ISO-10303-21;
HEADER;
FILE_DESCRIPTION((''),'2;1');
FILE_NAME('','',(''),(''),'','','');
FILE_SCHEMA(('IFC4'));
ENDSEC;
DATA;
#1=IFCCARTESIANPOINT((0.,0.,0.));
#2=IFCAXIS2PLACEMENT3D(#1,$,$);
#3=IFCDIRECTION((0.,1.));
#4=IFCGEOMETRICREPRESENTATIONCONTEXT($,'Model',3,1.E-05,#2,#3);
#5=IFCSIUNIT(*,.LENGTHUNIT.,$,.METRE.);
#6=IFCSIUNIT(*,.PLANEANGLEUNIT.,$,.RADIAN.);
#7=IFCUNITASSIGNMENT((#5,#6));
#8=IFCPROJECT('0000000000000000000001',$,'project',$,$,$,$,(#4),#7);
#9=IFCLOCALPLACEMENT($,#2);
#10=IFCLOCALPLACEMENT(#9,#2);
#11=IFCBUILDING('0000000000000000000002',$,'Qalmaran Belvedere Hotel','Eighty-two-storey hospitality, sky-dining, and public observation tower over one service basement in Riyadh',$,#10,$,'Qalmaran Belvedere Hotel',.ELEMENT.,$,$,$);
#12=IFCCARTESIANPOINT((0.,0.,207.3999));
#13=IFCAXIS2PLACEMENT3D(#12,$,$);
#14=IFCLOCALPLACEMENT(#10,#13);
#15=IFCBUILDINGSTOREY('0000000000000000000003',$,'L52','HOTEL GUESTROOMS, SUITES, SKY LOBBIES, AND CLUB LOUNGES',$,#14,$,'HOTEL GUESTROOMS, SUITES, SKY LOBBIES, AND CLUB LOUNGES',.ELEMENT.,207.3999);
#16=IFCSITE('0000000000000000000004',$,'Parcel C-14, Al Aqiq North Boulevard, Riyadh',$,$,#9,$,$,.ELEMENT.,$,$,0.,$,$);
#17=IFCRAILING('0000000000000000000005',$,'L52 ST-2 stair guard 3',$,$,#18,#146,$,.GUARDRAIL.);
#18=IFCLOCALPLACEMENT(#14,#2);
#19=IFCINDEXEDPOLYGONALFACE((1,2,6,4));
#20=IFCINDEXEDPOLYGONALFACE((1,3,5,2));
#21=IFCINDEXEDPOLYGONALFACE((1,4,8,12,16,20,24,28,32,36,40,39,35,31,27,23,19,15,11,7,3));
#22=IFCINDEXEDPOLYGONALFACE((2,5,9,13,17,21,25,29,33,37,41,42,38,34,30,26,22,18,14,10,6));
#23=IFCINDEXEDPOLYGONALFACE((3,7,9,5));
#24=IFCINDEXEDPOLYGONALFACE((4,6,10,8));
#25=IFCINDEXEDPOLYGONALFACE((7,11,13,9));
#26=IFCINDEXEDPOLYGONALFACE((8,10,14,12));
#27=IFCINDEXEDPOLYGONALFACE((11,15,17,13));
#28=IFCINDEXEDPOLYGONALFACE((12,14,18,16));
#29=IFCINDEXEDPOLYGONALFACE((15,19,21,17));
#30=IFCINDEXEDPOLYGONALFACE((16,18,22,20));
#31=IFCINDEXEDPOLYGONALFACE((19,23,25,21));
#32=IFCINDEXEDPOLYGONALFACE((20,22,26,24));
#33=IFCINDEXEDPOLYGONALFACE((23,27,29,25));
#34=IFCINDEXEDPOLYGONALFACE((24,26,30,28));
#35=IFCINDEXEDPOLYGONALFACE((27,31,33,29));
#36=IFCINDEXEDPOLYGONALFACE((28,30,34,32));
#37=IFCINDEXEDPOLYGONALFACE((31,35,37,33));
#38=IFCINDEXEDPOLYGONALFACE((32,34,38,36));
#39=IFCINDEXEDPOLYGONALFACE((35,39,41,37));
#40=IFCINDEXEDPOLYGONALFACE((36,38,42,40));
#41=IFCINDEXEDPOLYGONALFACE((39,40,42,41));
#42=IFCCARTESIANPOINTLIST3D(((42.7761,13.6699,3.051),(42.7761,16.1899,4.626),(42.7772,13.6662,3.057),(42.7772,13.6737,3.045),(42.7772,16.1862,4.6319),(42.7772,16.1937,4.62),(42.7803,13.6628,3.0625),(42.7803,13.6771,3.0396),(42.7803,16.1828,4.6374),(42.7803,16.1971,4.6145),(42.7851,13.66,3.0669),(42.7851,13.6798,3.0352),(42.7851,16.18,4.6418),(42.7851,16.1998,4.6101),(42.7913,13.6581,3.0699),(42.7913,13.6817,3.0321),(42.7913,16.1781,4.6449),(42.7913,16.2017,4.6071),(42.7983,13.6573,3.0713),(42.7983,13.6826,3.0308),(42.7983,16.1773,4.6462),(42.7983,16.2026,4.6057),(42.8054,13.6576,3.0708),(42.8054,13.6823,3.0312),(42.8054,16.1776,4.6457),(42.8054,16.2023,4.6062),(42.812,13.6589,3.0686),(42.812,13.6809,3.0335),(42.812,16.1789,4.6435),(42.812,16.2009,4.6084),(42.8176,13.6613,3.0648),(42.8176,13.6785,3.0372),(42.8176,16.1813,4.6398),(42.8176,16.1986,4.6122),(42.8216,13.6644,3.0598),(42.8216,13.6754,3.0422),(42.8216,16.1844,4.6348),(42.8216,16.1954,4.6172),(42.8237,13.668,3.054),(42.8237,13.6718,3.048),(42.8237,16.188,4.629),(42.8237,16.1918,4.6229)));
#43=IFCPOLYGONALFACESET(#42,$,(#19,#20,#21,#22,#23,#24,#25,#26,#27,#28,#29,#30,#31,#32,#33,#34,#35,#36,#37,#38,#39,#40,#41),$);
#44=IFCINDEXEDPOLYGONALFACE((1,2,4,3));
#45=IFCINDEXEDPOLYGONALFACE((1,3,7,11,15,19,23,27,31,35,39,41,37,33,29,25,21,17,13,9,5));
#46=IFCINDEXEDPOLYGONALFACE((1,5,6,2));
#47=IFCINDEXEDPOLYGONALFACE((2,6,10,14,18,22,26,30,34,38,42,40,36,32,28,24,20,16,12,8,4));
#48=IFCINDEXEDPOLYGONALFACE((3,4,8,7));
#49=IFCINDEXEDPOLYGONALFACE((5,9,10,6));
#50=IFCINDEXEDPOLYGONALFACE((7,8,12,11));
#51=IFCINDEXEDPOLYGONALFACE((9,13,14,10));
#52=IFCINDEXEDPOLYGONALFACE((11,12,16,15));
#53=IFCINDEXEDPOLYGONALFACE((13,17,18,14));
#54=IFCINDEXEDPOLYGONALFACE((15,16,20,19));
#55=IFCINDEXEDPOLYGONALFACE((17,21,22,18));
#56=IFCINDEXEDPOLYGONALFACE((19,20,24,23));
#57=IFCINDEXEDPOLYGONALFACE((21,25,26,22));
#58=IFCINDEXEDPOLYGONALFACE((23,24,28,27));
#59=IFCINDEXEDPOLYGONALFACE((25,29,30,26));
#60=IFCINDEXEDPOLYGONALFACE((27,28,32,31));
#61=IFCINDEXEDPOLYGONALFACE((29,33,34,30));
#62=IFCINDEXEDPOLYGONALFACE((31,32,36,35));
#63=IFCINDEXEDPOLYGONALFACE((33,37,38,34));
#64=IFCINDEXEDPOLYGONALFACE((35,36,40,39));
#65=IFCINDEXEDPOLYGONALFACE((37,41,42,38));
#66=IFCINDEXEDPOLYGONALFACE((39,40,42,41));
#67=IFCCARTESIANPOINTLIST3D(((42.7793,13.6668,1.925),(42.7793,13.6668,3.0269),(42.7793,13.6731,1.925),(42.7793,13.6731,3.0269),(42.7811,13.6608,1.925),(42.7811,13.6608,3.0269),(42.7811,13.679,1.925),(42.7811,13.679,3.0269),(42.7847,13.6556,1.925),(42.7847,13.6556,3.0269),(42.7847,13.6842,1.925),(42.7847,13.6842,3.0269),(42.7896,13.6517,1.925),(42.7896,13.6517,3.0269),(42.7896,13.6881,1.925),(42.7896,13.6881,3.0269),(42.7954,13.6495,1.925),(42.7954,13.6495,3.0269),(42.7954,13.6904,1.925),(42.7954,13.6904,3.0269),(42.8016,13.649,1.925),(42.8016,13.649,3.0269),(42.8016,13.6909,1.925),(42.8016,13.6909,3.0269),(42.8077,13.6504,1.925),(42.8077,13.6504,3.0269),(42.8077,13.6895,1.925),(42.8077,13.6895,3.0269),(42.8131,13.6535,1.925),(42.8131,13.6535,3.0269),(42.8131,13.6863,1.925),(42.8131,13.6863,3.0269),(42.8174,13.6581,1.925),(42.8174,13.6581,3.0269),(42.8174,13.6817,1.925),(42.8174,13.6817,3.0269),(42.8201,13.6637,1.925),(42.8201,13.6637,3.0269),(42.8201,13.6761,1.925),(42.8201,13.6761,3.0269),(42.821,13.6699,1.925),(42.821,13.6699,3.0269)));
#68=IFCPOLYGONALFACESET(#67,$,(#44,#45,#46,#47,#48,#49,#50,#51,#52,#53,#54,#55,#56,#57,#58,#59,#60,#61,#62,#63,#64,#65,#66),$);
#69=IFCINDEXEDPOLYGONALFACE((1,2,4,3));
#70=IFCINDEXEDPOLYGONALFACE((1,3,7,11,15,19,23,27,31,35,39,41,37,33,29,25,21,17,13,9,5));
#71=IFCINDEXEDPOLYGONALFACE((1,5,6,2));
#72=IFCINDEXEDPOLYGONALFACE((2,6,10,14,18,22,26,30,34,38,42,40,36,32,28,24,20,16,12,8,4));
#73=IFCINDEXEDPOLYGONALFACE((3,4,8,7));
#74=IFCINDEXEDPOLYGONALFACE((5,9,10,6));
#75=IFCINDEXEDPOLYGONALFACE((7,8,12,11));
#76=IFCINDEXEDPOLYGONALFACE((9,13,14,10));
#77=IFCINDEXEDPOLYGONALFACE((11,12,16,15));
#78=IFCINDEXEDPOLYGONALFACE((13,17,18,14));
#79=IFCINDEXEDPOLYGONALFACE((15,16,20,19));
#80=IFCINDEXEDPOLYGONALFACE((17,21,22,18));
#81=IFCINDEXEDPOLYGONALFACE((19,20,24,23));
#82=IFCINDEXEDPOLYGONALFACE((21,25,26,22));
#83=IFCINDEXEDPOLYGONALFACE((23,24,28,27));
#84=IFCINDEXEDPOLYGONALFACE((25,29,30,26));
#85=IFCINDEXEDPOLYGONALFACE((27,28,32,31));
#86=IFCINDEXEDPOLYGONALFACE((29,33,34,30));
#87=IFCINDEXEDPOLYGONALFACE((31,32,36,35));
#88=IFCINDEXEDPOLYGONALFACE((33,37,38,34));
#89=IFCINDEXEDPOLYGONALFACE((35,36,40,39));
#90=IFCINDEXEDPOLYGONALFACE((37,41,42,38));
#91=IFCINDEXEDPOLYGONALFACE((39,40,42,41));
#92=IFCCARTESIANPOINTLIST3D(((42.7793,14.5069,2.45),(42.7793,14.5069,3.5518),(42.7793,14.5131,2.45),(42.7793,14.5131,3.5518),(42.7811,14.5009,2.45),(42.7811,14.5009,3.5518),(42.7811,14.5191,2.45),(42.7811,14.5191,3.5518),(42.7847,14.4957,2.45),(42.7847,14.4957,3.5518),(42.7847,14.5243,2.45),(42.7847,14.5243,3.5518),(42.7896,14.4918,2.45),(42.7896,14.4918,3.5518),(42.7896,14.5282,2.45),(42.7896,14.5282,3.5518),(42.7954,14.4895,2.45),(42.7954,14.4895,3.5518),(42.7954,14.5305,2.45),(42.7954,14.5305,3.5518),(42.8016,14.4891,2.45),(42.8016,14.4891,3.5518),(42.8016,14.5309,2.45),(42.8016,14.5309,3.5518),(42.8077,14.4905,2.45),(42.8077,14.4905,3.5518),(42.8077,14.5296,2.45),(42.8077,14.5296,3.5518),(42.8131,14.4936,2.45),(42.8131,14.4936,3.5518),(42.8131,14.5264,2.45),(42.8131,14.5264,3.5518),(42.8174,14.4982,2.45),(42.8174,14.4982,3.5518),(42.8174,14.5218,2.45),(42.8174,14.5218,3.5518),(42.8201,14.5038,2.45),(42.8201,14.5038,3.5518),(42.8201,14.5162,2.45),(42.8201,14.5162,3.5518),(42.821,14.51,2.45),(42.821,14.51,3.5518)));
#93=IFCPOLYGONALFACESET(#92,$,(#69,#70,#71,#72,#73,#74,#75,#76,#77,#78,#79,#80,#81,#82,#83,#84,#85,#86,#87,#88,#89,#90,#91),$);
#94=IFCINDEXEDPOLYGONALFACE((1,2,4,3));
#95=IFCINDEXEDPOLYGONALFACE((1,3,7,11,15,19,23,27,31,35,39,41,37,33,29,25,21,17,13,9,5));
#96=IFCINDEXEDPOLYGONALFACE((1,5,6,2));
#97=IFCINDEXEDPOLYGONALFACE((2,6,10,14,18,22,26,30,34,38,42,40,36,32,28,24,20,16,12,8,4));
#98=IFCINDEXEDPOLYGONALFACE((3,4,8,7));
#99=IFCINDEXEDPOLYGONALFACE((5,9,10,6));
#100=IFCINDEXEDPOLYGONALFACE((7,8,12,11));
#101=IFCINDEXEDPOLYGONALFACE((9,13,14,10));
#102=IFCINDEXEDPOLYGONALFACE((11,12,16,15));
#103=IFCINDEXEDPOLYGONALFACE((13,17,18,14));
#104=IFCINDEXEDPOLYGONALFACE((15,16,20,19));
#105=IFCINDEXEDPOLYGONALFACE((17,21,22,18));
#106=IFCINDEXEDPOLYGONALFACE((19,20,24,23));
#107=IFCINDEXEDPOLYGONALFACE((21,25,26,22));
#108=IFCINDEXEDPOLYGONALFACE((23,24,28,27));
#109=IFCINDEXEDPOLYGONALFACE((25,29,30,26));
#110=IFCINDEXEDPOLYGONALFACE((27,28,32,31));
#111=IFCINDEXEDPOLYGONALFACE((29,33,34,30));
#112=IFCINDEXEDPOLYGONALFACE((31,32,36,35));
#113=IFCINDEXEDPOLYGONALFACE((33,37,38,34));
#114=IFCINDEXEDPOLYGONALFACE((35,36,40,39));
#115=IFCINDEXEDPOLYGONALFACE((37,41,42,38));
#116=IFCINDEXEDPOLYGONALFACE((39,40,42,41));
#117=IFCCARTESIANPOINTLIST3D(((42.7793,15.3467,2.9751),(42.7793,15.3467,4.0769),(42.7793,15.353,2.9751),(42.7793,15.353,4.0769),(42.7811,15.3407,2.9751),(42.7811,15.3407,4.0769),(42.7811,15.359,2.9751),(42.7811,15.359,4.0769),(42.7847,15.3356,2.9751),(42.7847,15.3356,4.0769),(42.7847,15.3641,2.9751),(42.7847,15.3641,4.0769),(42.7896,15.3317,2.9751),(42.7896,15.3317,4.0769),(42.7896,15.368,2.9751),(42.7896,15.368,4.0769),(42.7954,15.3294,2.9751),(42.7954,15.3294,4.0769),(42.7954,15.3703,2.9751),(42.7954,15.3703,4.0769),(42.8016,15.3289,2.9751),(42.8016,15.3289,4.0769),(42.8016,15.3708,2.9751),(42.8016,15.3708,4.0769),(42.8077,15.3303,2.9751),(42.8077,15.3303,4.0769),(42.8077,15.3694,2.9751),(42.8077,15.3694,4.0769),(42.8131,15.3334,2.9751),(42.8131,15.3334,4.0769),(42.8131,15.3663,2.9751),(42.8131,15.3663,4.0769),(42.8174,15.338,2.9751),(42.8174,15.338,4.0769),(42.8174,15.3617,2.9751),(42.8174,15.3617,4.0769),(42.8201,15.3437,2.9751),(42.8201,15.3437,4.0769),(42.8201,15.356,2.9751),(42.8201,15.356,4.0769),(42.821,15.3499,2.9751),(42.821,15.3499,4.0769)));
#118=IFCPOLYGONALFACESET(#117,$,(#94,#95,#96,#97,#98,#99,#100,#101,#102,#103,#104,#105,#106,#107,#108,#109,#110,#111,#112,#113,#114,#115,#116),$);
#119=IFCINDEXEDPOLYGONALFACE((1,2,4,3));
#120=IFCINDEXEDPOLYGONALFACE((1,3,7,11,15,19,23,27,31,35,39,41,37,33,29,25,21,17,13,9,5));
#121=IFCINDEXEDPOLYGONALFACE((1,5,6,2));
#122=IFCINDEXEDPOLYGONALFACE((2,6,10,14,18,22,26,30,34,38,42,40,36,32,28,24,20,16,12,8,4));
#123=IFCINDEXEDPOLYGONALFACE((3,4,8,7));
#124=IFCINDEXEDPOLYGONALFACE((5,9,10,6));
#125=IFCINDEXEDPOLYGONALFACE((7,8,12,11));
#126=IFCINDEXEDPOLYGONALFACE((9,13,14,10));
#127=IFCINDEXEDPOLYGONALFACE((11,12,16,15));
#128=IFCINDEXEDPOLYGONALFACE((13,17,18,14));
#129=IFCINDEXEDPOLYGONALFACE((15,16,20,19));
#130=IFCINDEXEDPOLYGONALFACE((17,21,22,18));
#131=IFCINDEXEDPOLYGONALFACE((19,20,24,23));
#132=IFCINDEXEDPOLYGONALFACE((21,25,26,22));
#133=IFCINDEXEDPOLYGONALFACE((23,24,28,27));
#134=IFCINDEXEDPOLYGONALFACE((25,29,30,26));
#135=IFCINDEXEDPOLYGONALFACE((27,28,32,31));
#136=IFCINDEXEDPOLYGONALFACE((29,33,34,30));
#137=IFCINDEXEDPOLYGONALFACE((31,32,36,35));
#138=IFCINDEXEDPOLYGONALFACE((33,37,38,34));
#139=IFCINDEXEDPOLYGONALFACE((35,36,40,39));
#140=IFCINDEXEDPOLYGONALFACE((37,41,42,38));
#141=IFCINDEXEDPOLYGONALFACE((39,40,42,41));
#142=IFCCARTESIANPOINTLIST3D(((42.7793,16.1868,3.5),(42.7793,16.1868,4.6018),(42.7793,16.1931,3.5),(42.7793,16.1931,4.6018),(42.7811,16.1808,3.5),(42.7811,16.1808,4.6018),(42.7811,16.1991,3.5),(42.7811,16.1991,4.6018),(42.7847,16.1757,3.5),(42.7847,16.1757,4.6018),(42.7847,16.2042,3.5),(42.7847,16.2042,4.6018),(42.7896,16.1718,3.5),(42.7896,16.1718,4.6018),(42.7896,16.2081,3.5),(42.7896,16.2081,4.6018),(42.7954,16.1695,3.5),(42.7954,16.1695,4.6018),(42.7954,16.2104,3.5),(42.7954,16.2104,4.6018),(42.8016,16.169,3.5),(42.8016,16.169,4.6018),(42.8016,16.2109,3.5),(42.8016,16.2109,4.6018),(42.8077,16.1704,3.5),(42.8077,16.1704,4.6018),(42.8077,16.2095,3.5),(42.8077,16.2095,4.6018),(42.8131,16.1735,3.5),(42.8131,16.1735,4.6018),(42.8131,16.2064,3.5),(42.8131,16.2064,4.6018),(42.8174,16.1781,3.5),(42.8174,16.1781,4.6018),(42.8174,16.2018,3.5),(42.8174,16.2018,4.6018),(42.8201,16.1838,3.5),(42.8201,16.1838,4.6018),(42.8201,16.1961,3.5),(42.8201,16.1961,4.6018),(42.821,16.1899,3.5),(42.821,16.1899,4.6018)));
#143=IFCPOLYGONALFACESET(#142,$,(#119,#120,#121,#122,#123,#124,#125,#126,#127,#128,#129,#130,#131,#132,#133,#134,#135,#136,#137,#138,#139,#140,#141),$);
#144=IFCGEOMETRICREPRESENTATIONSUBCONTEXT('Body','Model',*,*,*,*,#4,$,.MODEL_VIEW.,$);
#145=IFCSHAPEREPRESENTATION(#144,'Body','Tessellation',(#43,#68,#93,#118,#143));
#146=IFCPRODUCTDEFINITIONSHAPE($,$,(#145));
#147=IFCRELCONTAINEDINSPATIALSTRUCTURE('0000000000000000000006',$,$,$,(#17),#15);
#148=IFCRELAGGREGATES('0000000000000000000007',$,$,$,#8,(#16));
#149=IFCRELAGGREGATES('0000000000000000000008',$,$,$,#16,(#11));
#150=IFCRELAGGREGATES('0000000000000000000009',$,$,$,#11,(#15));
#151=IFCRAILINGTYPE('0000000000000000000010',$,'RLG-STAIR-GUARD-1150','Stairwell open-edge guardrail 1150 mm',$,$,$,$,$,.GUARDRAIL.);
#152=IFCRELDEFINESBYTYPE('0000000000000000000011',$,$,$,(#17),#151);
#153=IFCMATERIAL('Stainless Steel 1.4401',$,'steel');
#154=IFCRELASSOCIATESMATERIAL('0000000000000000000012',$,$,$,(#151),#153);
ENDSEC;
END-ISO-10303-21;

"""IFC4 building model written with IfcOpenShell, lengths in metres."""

from ifc_helpers import new_model, si_unit, direction, frame, origin, origin_2d, place, context, subcontext, project, spatial, circle, extrude, material, type_object, element, save


model = new_model("IFC4")

# Units and contexts
model_context = context("Model", 3, precision=1e-05, world=origin(), true_north=direction((0.0, 1.0)))
body_context = subcontext(model_context, "Body", "Model", "MODEL_VIEW")
ifc_project = project(units=[si_unit("LENGTHUNIT", "METRE"), si_unit("PLANEANGLEUNIT", "RADIAN")], contexts=[model_context])

# Site, building, storey
site_placement = place(None, origin())
site = spatial("IfcSite", under=ifc_project, at=site_placement, Name="Parcel C-14, Al Aqiq North Boulevard, Riyadh", CompositionType="ELEMENT", RefElevation=0.0)
building_placement = place(site_placement, origin())
building = spatial("IfcBuilding", under=site, at=building_placement, Name="Qalmaran Belvedere Hotel", Description="Eighty-two-storey hospitality, sky-dining, and public observation tower over one service basement in Riyadh", LongName="Qalmaran Belvedere Hotel", CompositionType="ELEMENT")
storey_placement = place(building_placement, frame((0.0, 0.0, 207.3999)))
storey = spatial("IfcBuildingStorey", under=building, at=storey_placement, Name="L52", Description="HOTEL GUESTROOMS, SUITES, SKY LOBBIES, AND CLUB LOUNGES", LongName="HOTEL GUESTROOMS, SUITES, SKY LOBBIES, AND CLUB LOUNGES", CompositionType="ELEMENT", Elevation=207.3999)

# Railing
ifc_material_1 = material(Name="Stainless Steel 1.4401", Category="steel")
railing_type_1 = type_object("IfcRailingType", Name="RLG-STAIR-GUARD-1150", Description="Stairwell open-edge guardrail 1150 mm", PredefinedType="GUARDRAIL", material=ifc_material_1)
railing_1_placement = place(storey_placement, frame((42.8, 13.6699, 1.925)))
element("IfcRailing", 1, at=railing_1_placement, inside=storey, type_object=railing_type_1, Name="L52 ST-2 stair guard 3", PredefinedType="GUARDRAIL", context=body_context, shape_type="SweptSolid", body=[
    extrude(circle(Radius=0.0239, at=origin_2d()), frame((0.0, 0.0, 1.126), z_axis=(0.0, 0.848008, 0.529984), x_axis=(-1.0, 0.0, 0.0)), (0.0, 0.0, 1.0), 2.9717),
    extrude(circle(Radius=0.021, at=origin_2d()), origin(), (0.0, 0.0, 1.0), 1.1018),
    extrude(circle(Radius=0.021, at=origin_2d()), frame((0.0, 0.8401, 0.5249)), (0.0, 0.0, 1.0), 1.1018),
    extrude(circle(Radius=0.021, at=origin_2d()), frame((0.0, 1.6799, 1.05)), (0.0, 0.0, 1.0), 1.1018),
    extrude(circle(Radius=0.021, at=origin_2d()), frame((0.0, 2.52, 1.575)), (0.0, 0.0, 1.0), 1.1018),
])

save(model, "model.ifc")
